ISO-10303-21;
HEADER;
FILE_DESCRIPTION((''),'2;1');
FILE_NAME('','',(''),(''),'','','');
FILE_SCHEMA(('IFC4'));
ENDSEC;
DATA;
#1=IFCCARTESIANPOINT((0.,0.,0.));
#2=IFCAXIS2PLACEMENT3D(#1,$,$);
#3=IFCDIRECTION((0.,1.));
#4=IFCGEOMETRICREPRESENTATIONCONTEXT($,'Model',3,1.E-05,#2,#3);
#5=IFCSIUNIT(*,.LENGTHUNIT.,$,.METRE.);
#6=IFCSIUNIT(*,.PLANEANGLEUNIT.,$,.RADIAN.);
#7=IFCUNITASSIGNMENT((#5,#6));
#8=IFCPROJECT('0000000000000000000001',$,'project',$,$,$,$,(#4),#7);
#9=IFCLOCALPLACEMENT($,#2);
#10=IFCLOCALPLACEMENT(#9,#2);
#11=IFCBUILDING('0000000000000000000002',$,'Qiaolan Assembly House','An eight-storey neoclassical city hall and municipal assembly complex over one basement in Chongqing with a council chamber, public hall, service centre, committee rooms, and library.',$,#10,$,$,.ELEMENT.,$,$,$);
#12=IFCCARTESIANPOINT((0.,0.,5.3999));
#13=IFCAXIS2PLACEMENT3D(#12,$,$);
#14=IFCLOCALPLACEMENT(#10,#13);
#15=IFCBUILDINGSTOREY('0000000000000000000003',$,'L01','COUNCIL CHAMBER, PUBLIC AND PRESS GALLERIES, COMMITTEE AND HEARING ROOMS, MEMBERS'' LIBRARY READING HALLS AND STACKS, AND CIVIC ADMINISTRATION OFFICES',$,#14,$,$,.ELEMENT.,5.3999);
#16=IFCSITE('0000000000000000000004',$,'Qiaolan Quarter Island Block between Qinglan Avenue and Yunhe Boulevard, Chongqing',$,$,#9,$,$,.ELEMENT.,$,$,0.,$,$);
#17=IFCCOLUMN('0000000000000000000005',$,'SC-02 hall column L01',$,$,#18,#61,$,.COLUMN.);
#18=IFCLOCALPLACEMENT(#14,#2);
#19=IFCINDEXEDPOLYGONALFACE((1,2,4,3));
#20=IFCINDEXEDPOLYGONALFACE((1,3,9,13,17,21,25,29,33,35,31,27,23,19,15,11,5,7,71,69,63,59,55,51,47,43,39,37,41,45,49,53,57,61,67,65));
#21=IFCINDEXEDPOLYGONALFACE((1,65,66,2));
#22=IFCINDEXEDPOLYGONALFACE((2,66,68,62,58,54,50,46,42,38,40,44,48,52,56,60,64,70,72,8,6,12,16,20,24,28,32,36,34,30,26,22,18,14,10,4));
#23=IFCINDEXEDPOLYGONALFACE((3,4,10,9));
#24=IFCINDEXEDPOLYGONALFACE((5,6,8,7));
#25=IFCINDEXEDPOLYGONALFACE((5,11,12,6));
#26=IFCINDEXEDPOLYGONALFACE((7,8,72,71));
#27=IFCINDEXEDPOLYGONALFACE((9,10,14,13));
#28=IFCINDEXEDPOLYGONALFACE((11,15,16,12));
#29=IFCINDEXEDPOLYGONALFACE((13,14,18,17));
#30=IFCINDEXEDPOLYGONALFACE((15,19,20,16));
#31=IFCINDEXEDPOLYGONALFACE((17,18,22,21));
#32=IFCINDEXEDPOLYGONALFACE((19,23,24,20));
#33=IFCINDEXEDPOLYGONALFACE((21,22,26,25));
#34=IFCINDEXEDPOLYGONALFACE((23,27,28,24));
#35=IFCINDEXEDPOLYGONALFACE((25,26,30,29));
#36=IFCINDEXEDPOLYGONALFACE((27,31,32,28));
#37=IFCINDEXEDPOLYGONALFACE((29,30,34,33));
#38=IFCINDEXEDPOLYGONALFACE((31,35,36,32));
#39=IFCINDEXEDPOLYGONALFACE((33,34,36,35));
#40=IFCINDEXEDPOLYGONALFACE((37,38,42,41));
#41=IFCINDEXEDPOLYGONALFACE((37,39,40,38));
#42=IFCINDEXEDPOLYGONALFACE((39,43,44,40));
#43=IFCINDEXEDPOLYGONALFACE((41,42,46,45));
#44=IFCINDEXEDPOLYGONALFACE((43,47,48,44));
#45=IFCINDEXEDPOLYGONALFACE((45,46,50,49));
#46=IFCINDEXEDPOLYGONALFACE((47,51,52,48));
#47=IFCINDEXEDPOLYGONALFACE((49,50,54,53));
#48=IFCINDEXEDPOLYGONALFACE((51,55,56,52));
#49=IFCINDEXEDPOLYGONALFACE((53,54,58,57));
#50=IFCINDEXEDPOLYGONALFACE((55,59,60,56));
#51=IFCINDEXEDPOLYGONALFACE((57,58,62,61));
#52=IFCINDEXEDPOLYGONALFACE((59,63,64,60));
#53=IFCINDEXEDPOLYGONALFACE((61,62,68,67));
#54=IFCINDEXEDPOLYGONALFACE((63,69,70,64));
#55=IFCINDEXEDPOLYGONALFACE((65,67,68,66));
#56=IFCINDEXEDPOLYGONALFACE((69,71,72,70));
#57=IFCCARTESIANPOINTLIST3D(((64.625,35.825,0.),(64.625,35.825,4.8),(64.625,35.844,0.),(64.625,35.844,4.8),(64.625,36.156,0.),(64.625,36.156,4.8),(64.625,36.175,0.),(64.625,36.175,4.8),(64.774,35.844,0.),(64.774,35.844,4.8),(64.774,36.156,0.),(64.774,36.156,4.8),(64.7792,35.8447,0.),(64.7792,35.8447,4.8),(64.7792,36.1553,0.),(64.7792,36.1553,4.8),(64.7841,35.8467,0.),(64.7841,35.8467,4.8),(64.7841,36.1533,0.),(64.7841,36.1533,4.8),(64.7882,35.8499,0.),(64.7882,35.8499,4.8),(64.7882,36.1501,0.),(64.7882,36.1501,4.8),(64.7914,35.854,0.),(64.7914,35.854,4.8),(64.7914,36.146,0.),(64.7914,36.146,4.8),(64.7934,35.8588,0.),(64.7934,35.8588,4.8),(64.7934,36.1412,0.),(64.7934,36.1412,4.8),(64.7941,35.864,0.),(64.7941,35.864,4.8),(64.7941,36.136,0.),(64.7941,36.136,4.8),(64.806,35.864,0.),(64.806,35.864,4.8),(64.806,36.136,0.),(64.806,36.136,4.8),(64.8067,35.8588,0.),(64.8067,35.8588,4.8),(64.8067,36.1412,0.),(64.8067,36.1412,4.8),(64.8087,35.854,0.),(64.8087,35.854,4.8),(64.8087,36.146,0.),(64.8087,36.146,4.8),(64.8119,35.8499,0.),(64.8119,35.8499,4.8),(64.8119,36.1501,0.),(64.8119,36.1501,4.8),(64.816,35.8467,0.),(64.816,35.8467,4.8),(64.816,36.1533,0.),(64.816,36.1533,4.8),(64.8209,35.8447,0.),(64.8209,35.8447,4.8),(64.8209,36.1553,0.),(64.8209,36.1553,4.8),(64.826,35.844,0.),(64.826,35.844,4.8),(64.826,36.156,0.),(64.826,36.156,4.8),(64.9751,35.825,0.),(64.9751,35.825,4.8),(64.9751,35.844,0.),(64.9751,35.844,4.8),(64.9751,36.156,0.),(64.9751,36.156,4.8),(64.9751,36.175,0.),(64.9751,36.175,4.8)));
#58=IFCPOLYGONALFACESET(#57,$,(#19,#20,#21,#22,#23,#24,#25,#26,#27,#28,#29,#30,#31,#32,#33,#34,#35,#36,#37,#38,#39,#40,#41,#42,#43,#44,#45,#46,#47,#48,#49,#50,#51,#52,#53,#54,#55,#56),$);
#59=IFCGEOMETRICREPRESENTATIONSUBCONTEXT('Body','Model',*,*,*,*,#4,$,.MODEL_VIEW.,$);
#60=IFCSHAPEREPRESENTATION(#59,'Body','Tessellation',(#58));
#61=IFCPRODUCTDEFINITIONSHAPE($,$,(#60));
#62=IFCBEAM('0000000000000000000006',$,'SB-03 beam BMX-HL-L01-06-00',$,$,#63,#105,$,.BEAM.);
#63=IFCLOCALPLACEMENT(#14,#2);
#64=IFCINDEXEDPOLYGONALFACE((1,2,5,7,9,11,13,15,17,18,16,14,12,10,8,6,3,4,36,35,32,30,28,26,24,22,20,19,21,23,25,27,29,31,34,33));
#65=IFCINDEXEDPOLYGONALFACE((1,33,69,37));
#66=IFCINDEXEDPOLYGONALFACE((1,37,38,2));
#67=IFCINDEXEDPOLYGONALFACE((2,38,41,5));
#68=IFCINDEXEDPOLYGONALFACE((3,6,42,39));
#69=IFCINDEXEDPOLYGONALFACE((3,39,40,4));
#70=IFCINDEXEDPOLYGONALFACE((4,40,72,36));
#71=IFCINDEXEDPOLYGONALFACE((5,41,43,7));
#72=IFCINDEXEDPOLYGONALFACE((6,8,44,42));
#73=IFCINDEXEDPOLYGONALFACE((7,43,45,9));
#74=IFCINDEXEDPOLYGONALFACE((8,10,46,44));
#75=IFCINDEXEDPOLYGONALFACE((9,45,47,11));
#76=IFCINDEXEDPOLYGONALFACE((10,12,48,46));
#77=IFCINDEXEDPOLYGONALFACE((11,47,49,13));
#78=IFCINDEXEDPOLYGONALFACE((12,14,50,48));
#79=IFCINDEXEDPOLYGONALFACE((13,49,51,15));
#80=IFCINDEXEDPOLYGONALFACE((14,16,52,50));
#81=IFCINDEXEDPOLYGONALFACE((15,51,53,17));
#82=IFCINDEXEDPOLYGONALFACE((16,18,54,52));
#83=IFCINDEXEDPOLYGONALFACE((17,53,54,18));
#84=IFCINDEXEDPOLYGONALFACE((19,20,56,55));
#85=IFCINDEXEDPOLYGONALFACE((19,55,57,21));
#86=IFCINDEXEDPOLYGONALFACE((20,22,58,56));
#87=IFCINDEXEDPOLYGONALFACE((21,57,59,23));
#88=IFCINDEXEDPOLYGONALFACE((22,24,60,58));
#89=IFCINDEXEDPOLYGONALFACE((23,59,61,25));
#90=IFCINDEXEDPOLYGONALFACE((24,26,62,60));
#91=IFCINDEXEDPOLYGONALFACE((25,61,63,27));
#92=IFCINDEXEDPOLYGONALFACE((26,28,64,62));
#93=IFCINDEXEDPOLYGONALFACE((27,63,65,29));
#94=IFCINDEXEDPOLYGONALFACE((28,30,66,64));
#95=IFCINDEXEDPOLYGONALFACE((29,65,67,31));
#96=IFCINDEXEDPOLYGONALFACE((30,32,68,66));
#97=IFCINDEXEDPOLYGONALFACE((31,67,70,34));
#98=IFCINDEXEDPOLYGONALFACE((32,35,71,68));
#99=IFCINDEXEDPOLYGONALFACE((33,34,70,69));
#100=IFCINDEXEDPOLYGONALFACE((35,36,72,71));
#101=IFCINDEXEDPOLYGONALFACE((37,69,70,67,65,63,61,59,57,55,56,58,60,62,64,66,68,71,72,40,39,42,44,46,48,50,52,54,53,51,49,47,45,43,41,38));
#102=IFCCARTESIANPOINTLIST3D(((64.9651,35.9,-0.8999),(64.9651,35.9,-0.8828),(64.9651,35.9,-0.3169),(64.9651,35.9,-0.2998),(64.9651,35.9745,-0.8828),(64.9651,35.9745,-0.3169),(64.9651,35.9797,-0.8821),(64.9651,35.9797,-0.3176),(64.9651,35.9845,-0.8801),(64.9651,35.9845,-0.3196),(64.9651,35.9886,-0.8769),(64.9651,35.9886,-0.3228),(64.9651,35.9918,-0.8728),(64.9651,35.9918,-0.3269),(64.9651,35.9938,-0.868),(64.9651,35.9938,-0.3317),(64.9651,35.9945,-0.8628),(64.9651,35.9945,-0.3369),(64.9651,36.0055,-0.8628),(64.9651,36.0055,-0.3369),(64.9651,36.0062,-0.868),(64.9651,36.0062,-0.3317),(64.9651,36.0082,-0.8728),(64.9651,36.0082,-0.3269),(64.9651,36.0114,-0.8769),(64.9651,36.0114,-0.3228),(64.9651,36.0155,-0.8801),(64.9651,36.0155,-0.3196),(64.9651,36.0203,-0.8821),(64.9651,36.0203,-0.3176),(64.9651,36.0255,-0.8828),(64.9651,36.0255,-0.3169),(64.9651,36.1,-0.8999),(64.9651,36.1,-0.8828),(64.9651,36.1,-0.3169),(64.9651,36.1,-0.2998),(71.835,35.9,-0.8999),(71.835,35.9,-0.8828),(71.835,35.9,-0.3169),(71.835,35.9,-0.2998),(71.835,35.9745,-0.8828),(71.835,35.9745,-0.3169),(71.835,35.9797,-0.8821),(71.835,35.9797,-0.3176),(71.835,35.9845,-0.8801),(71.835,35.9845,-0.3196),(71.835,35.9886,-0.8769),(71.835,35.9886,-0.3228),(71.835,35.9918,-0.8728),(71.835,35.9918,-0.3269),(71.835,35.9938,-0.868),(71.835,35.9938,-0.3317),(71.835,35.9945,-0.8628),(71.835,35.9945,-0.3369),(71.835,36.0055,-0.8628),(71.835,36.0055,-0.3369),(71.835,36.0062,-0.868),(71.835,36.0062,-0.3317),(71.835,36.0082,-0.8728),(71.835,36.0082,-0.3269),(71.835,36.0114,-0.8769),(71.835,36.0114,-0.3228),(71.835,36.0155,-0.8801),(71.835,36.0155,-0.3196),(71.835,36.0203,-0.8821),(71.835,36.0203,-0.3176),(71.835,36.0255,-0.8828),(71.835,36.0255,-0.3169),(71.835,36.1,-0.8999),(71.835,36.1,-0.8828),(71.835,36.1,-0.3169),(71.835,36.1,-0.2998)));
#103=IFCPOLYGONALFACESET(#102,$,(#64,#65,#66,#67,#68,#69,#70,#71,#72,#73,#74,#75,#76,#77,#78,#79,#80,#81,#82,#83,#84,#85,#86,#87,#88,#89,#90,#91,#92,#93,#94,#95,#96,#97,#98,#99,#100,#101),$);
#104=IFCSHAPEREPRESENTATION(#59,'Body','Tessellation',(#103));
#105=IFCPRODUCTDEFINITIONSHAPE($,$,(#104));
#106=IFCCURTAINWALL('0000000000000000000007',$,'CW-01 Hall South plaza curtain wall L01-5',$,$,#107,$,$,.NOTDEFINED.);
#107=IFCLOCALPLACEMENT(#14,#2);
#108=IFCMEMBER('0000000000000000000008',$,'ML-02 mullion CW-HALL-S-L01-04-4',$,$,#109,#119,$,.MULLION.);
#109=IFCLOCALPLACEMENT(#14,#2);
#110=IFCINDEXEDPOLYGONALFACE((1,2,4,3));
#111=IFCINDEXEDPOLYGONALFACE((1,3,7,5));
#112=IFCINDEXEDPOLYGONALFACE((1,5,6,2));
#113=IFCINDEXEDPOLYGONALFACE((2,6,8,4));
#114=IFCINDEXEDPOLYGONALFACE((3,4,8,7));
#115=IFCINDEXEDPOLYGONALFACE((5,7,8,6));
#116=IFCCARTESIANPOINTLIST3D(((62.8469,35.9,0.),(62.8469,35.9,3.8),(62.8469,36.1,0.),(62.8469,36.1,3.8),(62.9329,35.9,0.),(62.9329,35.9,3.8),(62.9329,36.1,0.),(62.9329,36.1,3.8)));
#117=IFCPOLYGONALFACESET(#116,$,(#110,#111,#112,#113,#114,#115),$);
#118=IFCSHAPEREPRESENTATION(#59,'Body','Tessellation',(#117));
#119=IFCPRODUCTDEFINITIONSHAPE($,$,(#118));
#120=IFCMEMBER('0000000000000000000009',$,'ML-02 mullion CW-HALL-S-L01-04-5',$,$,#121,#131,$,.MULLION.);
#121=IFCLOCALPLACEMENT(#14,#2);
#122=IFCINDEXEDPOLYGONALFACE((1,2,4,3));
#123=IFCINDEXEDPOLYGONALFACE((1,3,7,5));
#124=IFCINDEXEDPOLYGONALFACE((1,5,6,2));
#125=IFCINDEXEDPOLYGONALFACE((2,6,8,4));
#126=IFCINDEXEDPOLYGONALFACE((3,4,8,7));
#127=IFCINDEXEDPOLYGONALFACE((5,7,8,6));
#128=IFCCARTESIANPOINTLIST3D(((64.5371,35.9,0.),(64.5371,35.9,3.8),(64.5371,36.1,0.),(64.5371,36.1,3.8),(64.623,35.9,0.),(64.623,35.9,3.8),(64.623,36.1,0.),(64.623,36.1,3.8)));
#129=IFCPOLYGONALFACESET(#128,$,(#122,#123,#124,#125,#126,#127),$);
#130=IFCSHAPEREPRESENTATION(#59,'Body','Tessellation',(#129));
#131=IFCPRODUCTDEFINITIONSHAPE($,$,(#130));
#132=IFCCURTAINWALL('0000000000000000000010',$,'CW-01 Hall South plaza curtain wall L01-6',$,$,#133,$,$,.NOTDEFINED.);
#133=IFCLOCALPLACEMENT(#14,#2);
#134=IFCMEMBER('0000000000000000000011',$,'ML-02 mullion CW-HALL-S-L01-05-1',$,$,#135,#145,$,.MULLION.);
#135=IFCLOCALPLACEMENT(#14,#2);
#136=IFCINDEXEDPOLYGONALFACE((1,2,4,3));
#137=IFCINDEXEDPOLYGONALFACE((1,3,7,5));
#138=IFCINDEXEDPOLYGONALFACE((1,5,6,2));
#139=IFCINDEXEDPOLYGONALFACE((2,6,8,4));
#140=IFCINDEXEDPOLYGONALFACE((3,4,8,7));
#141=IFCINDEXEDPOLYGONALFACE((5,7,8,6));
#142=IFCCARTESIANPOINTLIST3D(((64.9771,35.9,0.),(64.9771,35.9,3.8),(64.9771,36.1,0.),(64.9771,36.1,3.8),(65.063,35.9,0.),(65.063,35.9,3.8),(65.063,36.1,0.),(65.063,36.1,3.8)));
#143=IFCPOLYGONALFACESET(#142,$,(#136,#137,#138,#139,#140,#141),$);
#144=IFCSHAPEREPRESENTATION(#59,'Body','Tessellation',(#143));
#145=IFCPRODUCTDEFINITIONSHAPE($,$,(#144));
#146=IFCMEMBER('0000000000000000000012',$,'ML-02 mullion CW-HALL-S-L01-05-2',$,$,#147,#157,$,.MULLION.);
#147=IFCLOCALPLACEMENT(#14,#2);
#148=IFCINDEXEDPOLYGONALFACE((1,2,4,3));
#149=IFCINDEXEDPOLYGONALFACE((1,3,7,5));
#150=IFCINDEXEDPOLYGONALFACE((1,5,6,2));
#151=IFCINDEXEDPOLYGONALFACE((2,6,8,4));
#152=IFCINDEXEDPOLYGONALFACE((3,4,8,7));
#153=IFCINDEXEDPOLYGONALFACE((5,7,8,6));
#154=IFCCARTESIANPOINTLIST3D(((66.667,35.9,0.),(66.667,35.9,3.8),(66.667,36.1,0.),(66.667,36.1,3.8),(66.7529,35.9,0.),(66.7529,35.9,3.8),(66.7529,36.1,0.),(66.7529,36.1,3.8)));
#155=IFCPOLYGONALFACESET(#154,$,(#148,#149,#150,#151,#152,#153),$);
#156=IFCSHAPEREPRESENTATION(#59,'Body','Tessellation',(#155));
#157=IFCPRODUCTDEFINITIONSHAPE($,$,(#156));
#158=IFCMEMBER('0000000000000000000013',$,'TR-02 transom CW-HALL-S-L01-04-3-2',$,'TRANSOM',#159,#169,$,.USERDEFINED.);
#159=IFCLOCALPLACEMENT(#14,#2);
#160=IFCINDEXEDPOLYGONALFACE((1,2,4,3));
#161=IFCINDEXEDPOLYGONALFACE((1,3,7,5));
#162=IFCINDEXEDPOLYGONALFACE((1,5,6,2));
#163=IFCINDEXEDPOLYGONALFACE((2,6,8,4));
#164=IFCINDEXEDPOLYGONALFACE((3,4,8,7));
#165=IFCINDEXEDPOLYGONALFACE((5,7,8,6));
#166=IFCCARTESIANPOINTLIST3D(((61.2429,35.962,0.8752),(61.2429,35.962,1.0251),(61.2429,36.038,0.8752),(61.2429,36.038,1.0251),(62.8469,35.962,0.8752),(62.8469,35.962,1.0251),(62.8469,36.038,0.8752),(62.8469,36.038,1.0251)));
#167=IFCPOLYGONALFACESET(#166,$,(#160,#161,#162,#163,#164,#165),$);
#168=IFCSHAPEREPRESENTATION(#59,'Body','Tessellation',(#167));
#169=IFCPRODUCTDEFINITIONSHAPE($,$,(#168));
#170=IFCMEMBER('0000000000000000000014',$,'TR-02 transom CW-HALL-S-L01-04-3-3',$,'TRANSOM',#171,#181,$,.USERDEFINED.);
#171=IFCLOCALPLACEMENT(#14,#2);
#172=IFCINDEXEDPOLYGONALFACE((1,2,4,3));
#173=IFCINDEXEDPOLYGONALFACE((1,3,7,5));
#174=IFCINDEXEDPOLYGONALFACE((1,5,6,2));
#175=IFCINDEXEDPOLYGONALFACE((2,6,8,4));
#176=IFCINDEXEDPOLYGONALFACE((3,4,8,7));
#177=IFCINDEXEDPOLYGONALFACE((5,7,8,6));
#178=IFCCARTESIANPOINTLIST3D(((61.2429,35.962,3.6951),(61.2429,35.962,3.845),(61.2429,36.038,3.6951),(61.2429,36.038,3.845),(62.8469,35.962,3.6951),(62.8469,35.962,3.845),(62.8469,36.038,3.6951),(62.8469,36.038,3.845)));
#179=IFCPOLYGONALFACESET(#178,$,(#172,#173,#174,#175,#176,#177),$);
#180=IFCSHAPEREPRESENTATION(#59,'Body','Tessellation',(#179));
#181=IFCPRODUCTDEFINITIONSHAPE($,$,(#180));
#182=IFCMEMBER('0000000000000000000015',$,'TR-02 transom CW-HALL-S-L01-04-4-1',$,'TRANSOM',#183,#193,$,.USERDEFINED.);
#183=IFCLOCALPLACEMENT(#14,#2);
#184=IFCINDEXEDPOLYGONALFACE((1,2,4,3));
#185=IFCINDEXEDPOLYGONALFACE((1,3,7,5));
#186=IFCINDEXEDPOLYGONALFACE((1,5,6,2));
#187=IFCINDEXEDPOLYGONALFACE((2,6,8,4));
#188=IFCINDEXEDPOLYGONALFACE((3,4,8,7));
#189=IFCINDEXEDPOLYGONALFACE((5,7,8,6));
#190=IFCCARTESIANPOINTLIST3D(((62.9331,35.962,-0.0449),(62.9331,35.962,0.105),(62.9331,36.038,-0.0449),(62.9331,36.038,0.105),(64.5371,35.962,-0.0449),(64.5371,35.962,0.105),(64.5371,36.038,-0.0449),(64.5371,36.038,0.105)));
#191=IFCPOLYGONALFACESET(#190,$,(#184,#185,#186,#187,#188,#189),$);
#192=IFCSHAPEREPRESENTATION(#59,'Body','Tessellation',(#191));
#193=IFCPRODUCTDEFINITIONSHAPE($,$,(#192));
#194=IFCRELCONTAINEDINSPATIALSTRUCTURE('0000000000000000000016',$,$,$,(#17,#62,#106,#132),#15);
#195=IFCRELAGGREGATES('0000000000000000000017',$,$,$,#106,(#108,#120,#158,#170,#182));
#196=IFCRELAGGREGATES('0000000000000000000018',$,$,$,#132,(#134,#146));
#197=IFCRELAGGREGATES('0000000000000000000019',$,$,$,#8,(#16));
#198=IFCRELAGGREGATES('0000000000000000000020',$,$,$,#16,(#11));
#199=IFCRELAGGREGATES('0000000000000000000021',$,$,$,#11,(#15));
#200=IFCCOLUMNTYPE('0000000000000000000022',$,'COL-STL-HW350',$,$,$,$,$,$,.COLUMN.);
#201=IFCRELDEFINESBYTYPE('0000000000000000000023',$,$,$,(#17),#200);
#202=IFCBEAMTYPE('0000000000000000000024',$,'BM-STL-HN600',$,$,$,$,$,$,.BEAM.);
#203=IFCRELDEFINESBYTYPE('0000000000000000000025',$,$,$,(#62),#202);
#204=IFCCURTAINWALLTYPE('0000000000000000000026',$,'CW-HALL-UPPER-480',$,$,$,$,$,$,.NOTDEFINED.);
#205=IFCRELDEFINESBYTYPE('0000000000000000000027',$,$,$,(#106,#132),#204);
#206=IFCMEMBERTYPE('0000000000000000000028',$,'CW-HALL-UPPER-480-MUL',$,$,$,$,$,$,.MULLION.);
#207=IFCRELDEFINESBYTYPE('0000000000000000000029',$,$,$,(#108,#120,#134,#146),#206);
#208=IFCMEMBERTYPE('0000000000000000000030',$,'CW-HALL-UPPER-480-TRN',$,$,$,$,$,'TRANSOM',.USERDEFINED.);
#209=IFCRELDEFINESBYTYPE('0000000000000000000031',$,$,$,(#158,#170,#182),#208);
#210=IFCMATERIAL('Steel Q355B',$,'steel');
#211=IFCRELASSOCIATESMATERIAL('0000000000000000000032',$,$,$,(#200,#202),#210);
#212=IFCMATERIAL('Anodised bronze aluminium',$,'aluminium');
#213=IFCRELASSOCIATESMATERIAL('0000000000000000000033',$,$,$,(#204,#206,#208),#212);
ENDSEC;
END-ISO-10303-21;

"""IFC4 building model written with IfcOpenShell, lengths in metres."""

from ifc_helpers import new_model, si_unit, direction, frame, origin, origin_2d, place, context, subcontext, project, spatial, rectangle, i_section, extrude, material, material_profile, profile_set, type_object, element, aggregate, save


model = new_model("IFC4")

# Units and contexts
model_context = context("Model", 3, precision=1e-05, world=origin(), true_north=direction((0.0, 1.0)))
body_context = subcontext(model_context, "Body", "Model", "MODEL_VIEW")
ifc_project = project(units=[si_unit("LENGTHUNIT", "METRE"), si_unit("PLANEANGLEUNIT", "RADIAN")], contexts=[model_context])

# Site, building, storey
site_placement = place(None, origin())
site = spatial("IfcSite", under=ifc_project, at=site_placement, Name="Qiaolan Quarter Island Block between Qinglan Avenue and Yunhe Boulevard, Chongqing", CompositionType="ELEMENT", RefElevation=0.0)
building_placement = place(site_placement, origin())
building = spatial("IfcBuilding", under=site, at=building_placement, Name="Qiaolan Assembly House", Description="An eight-storey neoclassical city hall and municipal assembly complex over one basement in Chongqing with a council chamber, public hall, service centre, committee rooms, and library.", CompositionType="ELEMENT")
storey_placement = place(building_placement, frame((0.0, 0.0, 5.3999)))
storey = spatial("IfcBuildingStorey", under=building, at=storey_placement, Name="L01", Description="COUNCIL CHAMBER, PUBLIC AND PRESS GALLERIES, COMMITTEE AND HEARING ROOMS, MEMBERS' LIBRARY READING HALLS AND STACKS, AND CIVIC ADMINISTRATION OFFICES", CompositionType="ELEMENT", Elevation=5.3999)

# Column
ifc_material_1 = material(Name="Steel Q355B", Category="steel")
ifc_material_profile_1 = material_profile(ifc_material_1, i_section(OverallWidth=0.3501, OverallDepth=0.3501, WebThickness=0.012, FlangeThickness=0.019, FilletRadius=0.02, at=origin_2d()), Name="HW 350x350x12x19")
ifc_profile_set_1 = profile_set([ifc_material_profile_1], Name="Steel Q355B")
column_type = type_object("IfcColumnType", Name="COL-STL-HW350", PredefinedType="COLUMN", material=ifc_profile_set_1)
column_placement = place(storey_placement, frame((64.8, 36.0, 0.0), z_axis=(0.0, 0.0, 1.0), x_axis=(1.0, 0.0, 0.0)))
element("IfcColumn", 1, at=column_placement, inside=storey, type_object=column_type, Name="SC-02 hall column L01", PredefinedType="COLUMN", context=body_context, shape_type="SweptSolid", body=[
    extrude(i_section(OverallWidth=0.3501, OverallDepth=0.3501, WebThickness=0.012, FlangeThickness=0.019, FilletRadius=0.02, at=origin_2d()), origin(), (0.0, 0.0, 1.0), 4.8),
])

# Beam
ifc_material_profile_2 = material_profile(ifc_material_1, i_section(OverallWidth=0.2, OverallDepth=0.6001, WebThickness=0.011, FlangeThickness=0.0171, FilletRadius=0.02, at=origin_2d()), Name="HN 600x200x11x17")
ifc_profile_set_2 = profile_set([ifc_material_profile_2], Name="Steel Q355B")
beam_type = type_object("IfcBeamType", Name="BM-STL-HN600", PredefinedType="BEAM", material=ifc_profile_set_2)
beam_placement = place(storey_placement, frame((64.9651, 36.0, -0.5999), z_axis=(1.0, 0.0, 0.0), x_axis=(0.0, 1.0, 0.0)))
element("IfcBeam", 2, at=beam_placement, inside=storey, type_object=beam_type, Name="SB-03 beam BMX-HL-L01-06-00", PredefinedType="BEAM", context=body_context, shape_type="SweptSolid", body=[
    extrude(i_section(OverallWidth=0.2, OverallDepth=0.6001, WebThickness=0.011, FlangeThickness=0.0171, FilletRadius=0.02, at=origin_2d()), origin(), (0.0, 0.0, 1.0), 6.8699),
])

# Curtain walls, members
ifc_material_2 = material(Name="Anodised bronze aluminium", Category="aluminium")
curtain_wall_type = type_object("IfcCurtainWallType", Name="CW-HALL-UPPER-480", PredefinedType="NOTDEFINED", material=ifc_material_2)
curtain_wall_1_placement = place(storey_placement, origin())
curtain_wall_1 = element("IfcCurtainWall", 3, at=curtain_wall_1_placement, inside=storey, type_object=curtain_wall_type, Name="CW-01 Hall South plaza curtain wall L01-5", PredefinedType="NOTDEFINED")
ifc_material_profile_3 = material_profile(ifc_material_2, rectangle(XDim=0.0859, YDim=0.2, at=origin_2d()), Name="MUL 86x200")
ifc_profile_set_3 = profile_set([ifc_material_profile_3], Name="Anodised bronze aluminium")
member_type_1 = type_object("IfcMemberType", Name="CW-HALL-UPPER-480-MUL", PredefinedType="MULLION", material=ifc_profile_set_3)
member_1_placement = place(storey_placement, frame((62.8899, 36.0, 0.0), z_axis=(0.0, 0.0, 1.0), x_axis=(1.0, 0.0, 0.0)))
member_1 = element("IfcMember", 4, at=member_1_placement, type_object=member_type_1, Name="ML-02 mullion CW-HALL-S-L01-04-4", PredefinedType="MULLION", context=body_context, shape_type="SweptSolid", body=[
    extrude(rectangle(XDim=0.0859, YDim=0.2, at=origin_2d()), origin(), (0.0, 0.0, 1.0), 3.8),
])
member_2_placement = place(storey_placement, frame((64.5801, 36.0, 0.0), z_axis=(0.0, 0.0, 1.0), x_axis=(1.0, 0.0, 0.0)))
member_2 = element("IfcMember", 5, at=member_2_placement, type_object=member_type_1, Name="ML-02 mullion CW-HALL-S-L01-04-5", PredefinedType="MULLION", context=body_context, shape_type="SweptSolid", body=[
    extrude(rectangle(XDim=0.0859, YDim=0.2, at=origin_2d()), origin(), (0.0, 0.0, 1.0), 3.8),
])
curtain_wall_2_placement = place(storey_placement, origin())
curtain_wall_2 = element("IfcCurtainWall", 6, at=curtain_wall_2_placement, inside=storey, type_object=curtain_wall_type, Name="CW-01 Hall South plaza curtain wall L01-6", PredefinedType="NOTDEFINED")
member_3_placement = place(storey_placement, frame((65.02, 36.0, 0.0), z_axis=(0.0, 0.0, 1.0), x_axis=(1.0, 0.0, 0.0)))
member_3 = element("IfcMember", 7, at=member_3_placement, type_object=member_type_1, Name="ML-02 mullion CW-HALL-S-L01-05-1", PredefinedType="MULLION", context=body_context, shape_type="SweptSolid", body=[
    extrude(rectangle(XDim=0.0859, YDim=0.2, at=origin_2d()), origin(), (0.0, 0.0, 1.0), 3.8),
])
member_4_placement = place(storey_placement, frame((66.71, 36.0, 0.0), z_axis=(0.0, 0.0, 1.0), x_axis=(1.0, 0.0, 0.0)))
member_4 = element("IfcMember", 8, at=member_4_placement, type_object=member_type_1, Name="ML-02 mullion CW-HALL-S-L01-05-2", PredefinedType="MULLION", context=body_context, shape_type="SweptSolid", body=[
    extrude(rectangle(XDim=0.0859, YDim=0.2, at=origin_2d()), origin(), (0.0, 0.0, 1.0), 3.8),
])

# Members
ifc_material_profile_4 = material_profile(ifc_material_2, rectangle(XDim=0.0759, YDim=0.1499, at=origin_2d()), Name="TRN 76x150")
ifc_profile_set_4 = profile_set([ifc_material_profile_4], Name="Anodised bronze aluminium")
member_type_2 = type_object("IfcMemberType", Name="CW-HALL-UPPER-480-TRN", ElementType="TRANSOM", PredefinedType="USERDEFINED", material=ifc_profile_set_4)
member_5_placement = place(storey_placement, frame((61.2429, 36.0, 0.9502), z_axis=(1.0, 0.0, 0.0), x_axis=(0.0, 1.0, 0.0)))
member_5 = element("IfcMember", 9, at=member_5_placement, type_object=member_type_2, Name="TR-02 transom CW-HALL-S-L01-04-3-2", ObjectType="TRANSOM", PredefinedType="USERDEFINED", context=body_context, shape_type="SweptSolid", body=[
    extrude(rectangle(XDim=0.0759, YDim=0.1499, at=origin_2d()), origin(), (0.0, 0.0, 1.0), 1.604),
])
member_6_placement = place(storey_placement, frame((61.2429, 36.0, 3.77), z_axis=(1.0, 0.0, 0.0), x_axis=(0.0, 1.0, 0.0)))
member_6 = element("IfcMember", 10, at=member_6_placement, type_object=member_type_2, Name="TR-02 transom CW-HALL-S-L01-04-3-3", ObjectType="TRANSOM", PredefinedType="USERDEFINED", context=body_context, shape_type="SweptSolid", body=[
    extrude(rectangle(XDim=0.0759, YDim=0.1499, at=origin_2d()), origin(), (0.0, 0.0, 1.0), 1.604),
])
member_7_placement = place(storey_placement, frame((62.9331, 36.0, 0.03), z_axis=(1.0, 0.0, 0.0), x_axis=(0.0, 1.0, 0.0)))
member_7 = element("IfcMember", 11, at=member_7_placement, type_object=member_type_2, Name="TR-02 transom CW-HALL-S-L01-04-4-1", ObjectType="TRANSOM", PredefinedType="USERDEFINED", context=body_context, shape_type="SweptSolid", body=[
    extrude(rectangle(XDim=0.0759, YDim=0.1499, at=origin_2d()), origin(), (0.0, 0.0, 1.0), 1.604),
])

aggregate(curtain_wall_1, [member_1, member_2, member_5, member_6, member_7])
aggregate(curtain_wall_2, [member_3, member_4])

save(model, "model.ifc")
